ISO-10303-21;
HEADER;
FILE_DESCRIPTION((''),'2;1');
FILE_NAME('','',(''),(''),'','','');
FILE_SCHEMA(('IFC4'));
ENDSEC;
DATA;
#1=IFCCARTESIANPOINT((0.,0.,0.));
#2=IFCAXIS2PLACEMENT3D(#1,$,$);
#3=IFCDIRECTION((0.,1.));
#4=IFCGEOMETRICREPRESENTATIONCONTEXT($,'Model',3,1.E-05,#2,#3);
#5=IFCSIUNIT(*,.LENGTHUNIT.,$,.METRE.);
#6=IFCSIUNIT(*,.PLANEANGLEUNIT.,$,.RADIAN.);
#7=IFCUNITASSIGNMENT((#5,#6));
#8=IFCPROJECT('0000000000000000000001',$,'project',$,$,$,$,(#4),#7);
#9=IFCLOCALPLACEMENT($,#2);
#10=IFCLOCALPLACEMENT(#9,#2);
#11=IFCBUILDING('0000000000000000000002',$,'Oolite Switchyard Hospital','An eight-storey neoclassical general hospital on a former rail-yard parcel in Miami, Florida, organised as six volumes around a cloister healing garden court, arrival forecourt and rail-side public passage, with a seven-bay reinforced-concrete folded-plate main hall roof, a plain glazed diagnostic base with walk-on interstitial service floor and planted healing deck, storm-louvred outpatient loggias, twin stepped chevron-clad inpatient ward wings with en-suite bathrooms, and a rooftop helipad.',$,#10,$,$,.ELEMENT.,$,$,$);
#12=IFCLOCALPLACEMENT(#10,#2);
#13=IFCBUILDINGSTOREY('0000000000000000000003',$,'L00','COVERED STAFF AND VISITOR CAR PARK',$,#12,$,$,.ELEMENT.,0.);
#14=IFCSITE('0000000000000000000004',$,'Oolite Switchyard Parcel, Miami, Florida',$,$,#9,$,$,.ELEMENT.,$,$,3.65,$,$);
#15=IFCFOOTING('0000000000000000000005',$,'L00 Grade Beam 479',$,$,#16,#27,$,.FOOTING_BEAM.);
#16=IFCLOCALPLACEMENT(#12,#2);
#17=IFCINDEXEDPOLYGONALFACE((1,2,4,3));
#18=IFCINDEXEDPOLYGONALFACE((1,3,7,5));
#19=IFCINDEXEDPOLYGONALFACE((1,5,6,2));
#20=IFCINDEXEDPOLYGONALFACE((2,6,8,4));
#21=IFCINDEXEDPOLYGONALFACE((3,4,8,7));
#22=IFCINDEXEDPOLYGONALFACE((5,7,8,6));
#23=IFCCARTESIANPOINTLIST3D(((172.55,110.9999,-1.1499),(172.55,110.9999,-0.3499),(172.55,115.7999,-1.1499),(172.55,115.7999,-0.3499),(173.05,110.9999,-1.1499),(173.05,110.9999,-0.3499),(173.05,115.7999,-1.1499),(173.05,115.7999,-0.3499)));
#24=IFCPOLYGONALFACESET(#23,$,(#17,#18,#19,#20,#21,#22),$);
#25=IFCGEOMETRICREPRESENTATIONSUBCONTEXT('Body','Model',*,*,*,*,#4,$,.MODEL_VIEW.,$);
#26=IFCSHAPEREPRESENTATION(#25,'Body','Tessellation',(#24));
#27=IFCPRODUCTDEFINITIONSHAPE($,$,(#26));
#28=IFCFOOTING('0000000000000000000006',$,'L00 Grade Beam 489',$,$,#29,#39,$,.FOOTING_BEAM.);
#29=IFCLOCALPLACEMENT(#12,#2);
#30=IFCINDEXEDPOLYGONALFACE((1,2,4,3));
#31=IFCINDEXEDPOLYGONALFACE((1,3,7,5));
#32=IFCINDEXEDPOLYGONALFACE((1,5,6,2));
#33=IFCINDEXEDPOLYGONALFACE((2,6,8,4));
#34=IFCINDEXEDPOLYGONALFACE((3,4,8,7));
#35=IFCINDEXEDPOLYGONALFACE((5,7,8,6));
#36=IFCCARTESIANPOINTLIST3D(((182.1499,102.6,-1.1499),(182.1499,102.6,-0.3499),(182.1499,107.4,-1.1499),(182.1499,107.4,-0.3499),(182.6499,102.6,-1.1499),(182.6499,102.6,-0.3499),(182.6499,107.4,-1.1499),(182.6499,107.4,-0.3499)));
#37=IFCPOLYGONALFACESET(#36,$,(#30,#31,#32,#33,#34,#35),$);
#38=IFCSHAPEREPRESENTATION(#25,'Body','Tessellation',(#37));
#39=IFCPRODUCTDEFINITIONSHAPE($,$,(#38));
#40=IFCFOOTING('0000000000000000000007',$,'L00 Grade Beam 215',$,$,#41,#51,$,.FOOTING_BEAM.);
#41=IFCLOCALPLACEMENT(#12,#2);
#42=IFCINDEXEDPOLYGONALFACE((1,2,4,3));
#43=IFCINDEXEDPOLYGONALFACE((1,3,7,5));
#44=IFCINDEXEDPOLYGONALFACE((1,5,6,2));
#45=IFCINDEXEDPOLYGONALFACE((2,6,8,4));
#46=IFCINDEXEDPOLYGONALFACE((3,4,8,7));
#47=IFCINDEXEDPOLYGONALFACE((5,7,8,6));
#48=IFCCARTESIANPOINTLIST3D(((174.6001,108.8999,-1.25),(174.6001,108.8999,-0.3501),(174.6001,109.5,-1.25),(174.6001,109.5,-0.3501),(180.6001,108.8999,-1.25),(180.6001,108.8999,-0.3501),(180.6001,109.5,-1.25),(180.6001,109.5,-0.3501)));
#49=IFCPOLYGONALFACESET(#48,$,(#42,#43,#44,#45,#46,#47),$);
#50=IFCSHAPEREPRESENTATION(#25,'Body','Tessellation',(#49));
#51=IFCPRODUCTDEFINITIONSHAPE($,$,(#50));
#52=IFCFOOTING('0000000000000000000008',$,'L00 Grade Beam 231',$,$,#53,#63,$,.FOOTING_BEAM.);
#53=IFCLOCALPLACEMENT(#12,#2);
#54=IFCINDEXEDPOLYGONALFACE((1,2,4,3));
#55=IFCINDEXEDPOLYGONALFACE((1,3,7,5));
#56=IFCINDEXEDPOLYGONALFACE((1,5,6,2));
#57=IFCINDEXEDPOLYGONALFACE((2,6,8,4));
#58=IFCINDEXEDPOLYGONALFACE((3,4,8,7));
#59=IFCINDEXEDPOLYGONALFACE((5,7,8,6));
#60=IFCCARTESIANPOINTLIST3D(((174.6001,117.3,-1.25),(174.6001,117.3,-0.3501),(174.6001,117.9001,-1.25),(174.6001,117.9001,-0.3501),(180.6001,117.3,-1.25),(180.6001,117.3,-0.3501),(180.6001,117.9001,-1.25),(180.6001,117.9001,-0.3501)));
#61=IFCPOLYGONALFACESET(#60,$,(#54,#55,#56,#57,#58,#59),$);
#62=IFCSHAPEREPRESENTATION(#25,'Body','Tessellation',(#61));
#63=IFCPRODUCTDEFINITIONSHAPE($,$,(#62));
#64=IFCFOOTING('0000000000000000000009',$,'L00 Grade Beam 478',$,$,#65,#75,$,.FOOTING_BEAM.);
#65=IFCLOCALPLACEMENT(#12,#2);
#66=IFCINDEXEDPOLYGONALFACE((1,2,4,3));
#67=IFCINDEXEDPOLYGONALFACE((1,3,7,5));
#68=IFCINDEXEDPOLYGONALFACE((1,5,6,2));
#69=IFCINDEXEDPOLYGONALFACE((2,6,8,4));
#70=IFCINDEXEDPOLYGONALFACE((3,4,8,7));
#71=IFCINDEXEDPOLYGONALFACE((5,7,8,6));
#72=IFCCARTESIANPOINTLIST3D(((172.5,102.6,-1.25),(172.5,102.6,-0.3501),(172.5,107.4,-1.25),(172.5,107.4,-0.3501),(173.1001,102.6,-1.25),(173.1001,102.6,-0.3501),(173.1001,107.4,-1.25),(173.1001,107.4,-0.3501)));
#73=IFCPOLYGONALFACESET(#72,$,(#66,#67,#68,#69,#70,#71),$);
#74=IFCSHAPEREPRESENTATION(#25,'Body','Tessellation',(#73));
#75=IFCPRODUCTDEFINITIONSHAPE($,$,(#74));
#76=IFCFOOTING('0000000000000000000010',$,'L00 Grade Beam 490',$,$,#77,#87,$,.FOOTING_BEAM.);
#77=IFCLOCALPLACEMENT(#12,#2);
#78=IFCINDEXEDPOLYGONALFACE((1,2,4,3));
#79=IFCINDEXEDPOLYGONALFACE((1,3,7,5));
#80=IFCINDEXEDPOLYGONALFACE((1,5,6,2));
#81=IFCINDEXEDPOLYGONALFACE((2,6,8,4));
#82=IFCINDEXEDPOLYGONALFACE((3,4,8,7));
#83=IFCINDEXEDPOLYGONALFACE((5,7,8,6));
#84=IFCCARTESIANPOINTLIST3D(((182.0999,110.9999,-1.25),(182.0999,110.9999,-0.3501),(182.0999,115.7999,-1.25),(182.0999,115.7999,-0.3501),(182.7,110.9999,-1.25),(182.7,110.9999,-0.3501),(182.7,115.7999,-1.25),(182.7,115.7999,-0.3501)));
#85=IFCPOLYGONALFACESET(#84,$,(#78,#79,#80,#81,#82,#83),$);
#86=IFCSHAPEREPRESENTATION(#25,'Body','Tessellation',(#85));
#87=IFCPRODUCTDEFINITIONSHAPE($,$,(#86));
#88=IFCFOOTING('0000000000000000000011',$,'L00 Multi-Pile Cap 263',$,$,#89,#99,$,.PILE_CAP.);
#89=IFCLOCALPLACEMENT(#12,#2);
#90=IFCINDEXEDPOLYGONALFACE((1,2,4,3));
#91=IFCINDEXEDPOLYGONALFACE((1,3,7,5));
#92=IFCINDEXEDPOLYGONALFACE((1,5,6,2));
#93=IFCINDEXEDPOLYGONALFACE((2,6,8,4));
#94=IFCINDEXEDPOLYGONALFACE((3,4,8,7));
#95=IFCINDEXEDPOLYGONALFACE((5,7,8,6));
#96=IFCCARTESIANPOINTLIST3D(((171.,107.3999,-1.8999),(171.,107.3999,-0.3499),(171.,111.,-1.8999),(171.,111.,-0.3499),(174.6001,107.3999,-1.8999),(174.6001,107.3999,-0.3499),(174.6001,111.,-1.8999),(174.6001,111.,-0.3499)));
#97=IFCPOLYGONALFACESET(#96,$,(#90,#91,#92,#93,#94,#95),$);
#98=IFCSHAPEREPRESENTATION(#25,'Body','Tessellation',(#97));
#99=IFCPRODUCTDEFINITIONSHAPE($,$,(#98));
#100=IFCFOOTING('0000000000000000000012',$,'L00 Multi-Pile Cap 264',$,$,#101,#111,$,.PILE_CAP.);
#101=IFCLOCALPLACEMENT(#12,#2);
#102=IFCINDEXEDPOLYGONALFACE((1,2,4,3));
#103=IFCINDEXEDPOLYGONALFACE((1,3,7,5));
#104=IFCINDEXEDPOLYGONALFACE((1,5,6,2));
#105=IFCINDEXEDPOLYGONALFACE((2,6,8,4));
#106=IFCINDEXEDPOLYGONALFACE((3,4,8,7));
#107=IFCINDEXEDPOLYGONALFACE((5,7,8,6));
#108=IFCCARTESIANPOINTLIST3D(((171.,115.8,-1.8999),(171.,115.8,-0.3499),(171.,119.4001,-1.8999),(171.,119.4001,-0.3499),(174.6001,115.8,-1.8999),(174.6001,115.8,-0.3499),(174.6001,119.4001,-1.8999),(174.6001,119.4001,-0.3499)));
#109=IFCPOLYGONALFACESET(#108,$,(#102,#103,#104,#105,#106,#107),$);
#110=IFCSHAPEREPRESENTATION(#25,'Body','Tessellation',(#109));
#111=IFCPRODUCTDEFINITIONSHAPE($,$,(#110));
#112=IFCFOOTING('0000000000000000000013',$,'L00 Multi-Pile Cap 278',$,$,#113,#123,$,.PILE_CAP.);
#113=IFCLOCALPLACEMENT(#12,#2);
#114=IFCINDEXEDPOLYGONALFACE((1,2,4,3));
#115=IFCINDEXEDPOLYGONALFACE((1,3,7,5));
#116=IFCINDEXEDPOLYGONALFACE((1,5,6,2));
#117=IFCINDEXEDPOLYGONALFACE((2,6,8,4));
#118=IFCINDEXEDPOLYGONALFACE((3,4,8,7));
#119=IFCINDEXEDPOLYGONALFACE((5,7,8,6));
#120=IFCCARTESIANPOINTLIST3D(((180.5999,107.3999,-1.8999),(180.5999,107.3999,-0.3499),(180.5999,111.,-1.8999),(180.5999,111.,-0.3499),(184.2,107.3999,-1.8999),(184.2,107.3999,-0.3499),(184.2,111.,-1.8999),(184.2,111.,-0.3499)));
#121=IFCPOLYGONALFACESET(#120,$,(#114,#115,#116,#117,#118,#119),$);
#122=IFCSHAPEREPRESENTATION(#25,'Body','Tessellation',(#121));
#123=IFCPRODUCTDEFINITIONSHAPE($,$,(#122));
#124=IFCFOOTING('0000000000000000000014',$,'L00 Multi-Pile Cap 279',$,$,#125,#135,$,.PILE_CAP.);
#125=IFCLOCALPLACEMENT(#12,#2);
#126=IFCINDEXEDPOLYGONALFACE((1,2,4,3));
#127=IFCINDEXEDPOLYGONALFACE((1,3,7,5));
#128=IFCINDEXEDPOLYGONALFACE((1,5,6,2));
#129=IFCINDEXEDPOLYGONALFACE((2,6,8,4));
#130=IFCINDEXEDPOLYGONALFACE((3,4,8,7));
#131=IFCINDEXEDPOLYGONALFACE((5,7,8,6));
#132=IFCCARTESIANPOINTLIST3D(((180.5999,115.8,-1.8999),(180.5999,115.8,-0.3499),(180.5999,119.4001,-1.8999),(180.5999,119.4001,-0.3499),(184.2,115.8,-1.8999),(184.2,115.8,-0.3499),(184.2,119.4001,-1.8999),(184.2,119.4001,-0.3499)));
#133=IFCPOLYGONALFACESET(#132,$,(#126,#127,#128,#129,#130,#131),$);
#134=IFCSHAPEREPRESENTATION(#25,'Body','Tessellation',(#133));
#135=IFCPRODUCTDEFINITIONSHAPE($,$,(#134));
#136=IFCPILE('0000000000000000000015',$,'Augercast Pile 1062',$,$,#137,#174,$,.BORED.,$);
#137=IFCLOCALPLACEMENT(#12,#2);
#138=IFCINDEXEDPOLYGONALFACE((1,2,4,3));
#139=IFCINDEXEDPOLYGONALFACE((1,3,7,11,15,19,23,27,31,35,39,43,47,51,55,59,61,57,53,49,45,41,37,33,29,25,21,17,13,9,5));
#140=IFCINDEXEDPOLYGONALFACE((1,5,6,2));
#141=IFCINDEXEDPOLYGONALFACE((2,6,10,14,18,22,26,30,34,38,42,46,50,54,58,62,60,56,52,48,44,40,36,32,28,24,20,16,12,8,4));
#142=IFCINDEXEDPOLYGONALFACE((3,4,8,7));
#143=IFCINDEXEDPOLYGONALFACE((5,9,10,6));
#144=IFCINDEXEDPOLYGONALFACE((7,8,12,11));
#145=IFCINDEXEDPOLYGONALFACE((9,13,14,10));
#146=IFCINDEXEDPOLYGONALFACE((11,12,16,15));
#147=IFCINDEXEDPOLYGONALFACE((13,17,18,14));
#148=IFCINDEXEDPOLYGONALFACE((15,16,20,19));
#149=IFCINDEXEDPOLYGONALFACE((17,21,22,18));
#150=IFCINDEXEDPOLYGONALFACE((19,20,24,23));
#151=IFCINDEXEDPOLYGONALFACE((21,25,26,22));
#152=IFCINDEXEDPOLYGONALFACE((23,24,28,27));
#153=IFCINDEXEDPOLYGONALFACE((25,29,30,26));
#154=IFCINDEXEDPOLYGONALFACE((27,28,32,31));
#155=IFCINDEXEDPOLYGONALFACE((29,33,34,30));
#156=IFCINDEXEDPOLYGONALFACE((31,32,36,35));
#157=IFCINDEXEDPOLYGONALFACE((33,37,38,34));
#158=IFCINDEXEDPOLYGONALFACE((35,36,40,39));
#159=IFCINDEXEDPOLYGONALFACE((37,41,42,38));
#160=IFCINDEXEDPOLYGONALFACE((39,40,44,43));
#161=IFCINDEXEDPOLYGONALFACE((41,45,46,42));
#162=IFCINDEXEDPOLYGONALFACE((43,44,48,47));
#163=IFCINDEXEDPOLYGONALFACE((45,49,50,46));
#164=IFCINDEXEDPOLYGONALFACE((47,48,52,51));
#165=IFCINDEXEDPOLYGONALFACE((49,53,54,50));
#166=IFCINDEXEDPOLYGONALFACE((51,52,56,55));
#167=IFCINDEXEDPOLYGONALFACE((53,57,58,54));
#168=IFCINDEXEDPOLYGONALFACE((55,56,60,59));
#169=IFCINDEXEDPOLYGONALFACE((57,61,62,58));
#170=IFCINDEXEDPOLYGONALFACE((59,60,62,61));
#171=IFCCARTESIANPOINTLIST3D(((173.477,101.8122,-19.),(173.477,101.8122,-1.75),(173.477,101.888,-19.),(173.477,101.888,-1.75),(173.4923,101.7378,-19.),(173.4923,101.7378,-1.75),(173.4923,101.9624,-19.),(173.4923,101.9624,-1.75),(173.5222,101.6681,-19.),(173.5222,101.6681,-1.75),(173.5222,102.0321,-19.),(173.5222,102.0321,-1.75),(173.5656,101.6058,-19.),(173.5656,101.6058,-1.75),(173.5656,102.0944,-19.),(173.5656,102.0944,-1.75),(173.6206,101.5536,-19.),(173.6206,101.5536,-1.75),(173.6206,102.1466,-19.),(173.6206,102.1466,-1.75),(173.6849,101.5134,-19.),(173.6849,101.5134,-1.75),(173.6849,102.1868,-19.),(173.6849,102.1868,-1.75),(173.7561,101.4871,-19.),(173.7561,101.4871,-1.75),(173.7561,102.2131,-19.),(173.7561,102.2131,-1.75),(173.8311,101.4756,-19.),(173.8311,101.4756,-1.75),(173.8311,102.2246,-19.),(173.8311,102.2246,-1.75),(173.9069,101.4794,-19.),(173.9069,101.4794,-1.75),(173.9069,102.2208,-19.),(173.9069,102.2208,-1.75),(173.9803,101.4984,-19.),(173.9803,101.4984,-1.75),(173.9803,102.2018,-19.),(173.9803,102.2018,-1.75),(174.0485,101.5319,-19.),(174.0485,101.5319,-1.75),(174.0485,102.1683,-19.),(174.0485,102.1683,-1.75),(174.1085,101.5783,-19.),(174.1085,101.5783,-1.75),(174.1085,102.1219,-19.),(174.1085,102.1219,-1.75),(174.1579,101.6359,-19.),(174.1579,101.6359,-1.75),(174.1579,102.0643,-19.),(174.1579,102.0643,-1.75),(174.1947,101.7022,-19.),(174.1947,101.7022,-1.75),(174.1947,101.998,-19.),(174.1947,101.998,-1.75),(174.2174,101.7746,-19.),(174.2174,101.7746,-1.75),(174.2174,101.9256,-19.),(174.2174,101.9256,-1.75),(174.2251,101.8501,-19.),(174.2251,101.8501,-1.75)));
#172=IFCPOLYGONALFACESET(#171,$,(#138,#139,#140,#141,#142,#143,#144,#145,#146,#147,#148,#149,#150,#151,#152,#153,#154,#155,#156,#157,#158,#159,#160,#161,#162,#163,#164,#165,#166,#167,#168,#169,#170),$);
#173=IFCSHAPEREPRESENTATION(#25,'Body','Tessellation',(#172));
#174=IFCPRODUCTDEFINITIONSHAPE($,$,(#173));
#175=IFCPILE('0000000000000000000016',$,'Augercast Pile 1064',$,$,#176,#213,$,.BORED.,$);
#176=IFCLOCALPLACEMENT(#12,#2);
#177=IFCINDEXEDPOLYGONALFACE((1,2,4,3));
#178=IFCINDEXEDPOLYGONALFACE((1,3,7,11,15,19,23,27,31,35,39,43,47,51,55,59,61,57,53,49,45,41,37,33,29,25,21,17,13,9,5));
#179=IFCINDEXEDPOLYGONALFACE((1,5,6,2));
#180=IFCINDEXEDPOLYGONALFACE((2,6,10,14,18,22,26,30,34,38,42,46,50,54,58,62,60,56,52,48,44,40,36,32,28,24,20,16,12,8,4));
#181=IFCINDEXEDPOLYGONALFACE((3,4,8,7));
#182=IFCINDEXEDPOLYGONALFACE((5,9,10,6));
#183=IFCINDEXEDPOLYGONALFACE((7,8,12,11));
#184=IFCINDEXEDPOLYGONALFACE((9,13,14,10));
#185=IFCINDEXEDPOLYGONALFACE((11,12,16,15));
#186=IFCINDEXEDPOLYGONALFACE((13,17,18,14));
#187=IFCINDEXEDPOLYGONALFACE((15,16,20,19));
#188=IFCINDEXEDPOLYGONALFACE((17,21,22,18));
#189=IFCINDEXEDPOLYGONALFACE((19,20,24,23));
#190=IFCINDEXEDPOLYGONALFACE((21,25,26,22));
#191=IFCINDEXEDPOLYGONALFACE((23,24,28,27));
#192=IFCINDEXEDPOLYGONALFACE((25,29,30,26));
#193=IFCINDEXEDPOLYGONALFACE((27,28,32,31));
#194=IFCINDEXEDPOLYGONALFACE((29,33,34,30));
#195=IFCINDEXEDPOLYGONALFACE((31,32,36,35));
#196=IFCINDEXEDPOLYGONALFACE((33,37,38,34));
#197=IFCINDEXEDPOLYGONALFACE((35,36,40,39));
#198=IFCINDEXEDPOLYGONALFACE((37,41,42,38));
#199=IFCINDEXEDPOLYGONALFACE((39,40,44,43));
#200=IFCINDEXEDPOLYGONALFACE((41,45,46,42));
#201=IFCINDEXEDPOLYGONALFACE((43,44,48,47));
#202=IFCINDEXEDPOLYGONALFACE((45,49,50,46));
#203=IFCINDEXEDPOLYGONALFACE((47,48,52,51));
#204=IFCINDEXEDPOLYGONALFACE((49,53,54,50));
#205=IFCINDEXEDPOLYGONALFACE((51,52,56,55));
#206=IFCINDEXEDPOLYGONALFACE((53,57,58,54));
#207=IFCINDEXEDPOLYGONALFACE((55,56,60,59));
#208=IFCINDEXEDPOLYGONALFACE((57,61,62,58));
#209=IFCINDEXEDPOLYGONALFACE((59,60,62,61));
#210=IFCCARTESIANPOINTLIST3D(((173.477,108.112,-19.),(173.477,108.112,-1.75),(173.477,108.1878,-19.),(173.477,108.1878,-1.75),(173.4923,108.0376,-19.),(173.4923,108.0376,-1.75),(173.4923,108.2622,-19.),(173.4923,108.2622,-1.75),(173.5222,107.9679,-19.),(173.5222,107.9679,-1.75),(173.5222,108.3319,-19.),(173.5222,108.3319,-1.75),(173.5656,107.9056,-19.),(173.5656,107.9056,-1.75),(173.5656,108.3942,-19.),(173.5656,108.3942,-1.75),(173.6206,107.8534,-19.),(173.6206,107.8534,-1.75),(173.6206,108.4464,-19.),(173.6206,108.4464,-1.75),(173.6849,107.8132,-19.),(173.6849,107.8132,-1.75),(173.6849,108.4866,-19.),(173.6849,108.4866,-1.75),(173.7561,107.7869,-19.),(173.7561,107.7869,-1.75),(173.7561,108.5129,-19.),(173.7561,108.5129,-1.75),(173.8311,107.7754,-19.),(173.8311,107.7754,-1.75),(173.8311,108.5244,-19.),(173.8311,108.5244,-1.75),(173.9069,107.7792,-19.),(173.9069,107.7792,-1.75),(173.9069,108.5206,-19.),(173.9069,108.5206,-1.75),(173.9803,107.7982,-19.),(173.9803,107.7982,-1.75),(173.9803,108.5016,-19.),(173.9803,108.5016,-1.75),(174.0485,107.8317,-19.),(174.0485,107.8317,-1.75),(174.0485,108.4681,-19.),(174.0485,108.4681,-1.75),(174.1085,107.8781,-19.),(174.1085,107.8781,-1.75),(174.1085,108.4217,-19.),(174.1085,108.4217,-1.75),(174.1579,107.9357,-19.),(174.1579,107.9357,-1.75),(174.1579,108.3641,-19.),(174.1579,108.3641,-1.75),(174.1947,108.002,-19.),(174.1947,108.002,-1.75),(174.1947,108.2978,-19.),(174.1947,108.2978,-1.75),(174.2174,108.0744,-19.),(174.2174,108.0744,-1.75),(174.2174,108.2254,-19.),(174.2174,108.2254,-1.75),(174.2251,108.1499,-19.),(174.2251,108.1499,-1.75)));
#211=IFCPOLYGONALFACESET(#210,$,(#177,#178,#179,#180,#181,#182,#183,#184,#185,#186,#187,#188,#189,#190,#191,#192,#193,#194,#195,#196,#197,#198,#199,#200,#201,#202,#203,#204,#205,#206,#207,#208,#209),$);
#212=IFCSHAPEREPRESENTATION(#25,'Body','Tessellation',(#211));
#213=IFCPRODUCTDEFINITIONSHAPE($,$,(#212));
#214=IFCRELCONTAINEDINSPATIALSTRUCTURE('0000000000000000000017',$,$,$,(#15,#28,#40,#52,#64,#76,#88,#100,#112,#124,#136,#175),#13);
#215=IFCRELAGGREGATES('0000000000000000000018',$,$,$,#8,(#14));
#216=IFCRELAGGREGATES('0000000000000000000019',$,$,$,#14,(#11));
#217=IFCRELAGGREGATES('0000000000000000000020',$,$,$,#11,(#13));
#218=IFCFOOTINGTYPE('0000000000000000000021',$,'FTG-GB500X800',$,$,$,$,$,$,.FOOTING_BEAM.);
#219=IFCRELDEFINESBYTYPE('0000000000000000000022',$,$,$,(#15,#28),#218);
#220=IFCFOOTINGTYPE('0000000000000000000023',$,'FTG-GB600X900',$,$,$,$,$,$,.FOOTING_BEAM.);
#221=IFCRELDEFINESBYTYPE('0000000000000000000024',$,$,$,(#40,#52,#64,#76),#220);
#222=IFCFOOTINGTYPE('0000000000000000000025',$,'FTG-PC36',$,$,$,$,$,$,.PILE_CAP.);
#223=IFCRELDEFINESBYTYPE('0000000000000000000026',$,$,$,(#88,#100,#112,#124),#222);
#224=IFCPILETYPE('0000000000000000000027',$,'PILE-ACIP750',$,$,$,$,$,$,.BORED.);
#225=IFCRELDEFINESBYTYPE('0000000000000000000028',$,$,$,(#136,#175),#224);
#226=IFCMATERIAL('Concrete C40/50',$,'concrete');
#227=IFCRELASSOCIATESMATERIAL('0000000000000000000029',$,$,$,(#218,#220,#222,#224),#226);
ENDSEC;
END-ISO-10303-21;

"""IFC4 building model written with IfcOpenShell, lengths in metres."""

from ifc_helpers import new_model, si_unit, direction, frame, origin, origin_2d, place, context, subcontext, project, spatial, rectangle, circle, extrude, material, material_profile, profile_set, type_object, element, save


model = new_model("IFC4")

# Units and contexts
model_context = context("Model", 3, precision=1e-05, world=origin(), true_north=direction((0.0, 1.0)))
body_context = subcontext(model_context, "Body", "Model", "MODEL_VIEW")
ifc_project = project(units=[si_unit("LENGTHUNIT", "METRE"), si_unit("PLANEANGLEUNIT", "RADIAN")], contexts=[model_context])

# Site, building, storey
site_placement = place(None, origin())
site = spatial("IfcSite", under=ifc_project, at=site_placement, Name="Oolite Switchyard Parcel, Miami, Florida", CompositionType="ELEMENT", RefElevation=3.65)
building_placement = place(site_placement, origin())
building = spatial("IfcBuilding", under=site, at=building_placement, Name="Oolite Switchyard Hospital", Description="An eight-storey neoclassical general hospital on a former rail-yard parcel in Miami, Florida, organised as six volumes around a cloister healing garden court, arrival forecourt and rail-side public passage, with a seven-bay reinforced-concrete folded-plate main hall roof, a plain glazed diagnostic base with walk-on interstitial service floor and planted healing deck, storm-louvred outpatient loggias, twin stepped chevron-clad inpatient ward wings with en-suite bathrooms, and a rooftop helipad.", CompositionType="ELEMENT")
storey_placement = place(building_placement, origin())
storey = spatial("IfcBuildingStorey", under=building, at=storey_placement, Name="L00", Description="COVERED STAFF AND VISITOR CAR PARK", CompositionType="ELEMENT", Elevation=0.0)

# Footings
ifc_material_1 = material(Name="Concrete C40/50", Category="concrete")
footing_type_1 = type_object("IfcFootingType", Name="FTG-GB500X800", PredefinedType="FOOTING_BEAM", material=ifc_material_1)
for number, where, z_axis, x_axis, name in (
    (1, (172.8, 113.3999, -1.1499), (0.0, 0.0, 1.0), (0.0, 1.0, 0.0), "L00 Grade Beam 479"),
    (2, (182.3999, 105.0, -1.1499), (0.0, 0.0, 1.0), (0.0, 1.0, 0.0), "L00 Grade Beam 489"),
):
    element("IfcFooting", number, at=place(storey_placement, frame(where, z_axis=z_axis, x_axis=x_axis)), inside=storey, type_object=footing_type_1, Name=name, PredefinedType="FOOTING_BEAM", context=body_context, shape_type="SweptSolid", body=[
        extrude(rectangle(XDim=4.8, YDim=0.5, at=origin_2d()), origin(), (0.0, 0.0, 1.0), 0.8),
    ])
footing_type_2 = type_object("IfcFootingType", Name="FTG-GB600X900", PredefinedType="FOOTING_BEAM", material=ifc_material_1)
for number, where, z_axis, x_axis, name in (
    (3, (177.6001, 109.2, -1.25), (0.0, 0.0, 1.0), (1.0, 0.0, 0.0), "L00 Grade Beam 215"),
    (4, (177.6001, 117.6001, -1.25), (0.0, 0.0, 1.0), (1.0, 0.0, 0.0), "L00 Grade Beam 231"),
):
    element("IfcFooting", number, at=place(storey_placement, frame(where, z_axis=z_axis, x_axis=x_axis)), inside=storey, type_object=footing_type_2, Name=name, PredefinedType="FOOTING_BEAM", context=body_context, shape_type="SweptSolid", body=[
        extrude(rectangle(XDim=6.0, YDim=0.6001, at=origin_2d()), origin(), (0.0, 0.0, 1.0), 0.8999),
    ])
for number, where, z_axis, x_axis, name in (
    (5, (172.8, 105.0, -1.25), (0.0, 0.0, 1.0), (0.0, 1.0, 0.0), "L00 Grade Beam 478"),
    (6, (182.3999, 113.3999, -1.25), (0.0, 0.0, 1.0), (0.0, 1.0, 0.0), "L00 Grade Beam 490"),
):
    element("IfcFooting", number, at=place(storey_placement, frame(where, z_axis=z_axis, x_axis=x_axis)), inside=storey, type_object=footing_type_2, Name=name, PredefinedType="FOOTING_BEAM", context=body_context, shape_type="SweptSolid", body=[
        extrude(rectangle(XDim=4.8, YDim=0.6001, at=origin_2d()), origin(), (0.0, 0.0, 1.0), 0.8999),
    ])
footing_type_3 = type_object("IfcFootingType", Name="FTG-PC36", PredefinedType="PILE_CAP", material=ifc_material_1)
for number, where, z_axis, x_axis, name in (
    (7, (172.8, 109.2, -1.8999), (0.0, 0.0, 1.0), (1.0, 0.0, 0.0), "L00 Multi-Pile Cap 263"),
    (8, (172.8, 117.6001, -1.8999), (0.0, 0.0, 1.0), (1.0, 0.0, 0.0), "L00 Multi-Pile Cap 264"),
    (9, (182.3999, 109.2, -1.8999), (0.0, 0.0, 1.0), (1.0, 0.0, 0.0), "L00 Multi-Pile Cap 278"),
    (10, (182.3999, 117.6001, -1.8999), (0.0, 0.0, 1.0), (1.0, 0.0, 0.0), "L00 Multi-Pile Cap 279"),
):
    element("IfcFooting", number, at=place(storey_placement, frame(where, z_axis=z_axis, x_axis=x_axis)), inside=storey, type_object=footing_type_3, Name=name, PredefinedType="PILE_CAP", context=body_context, shape_type="SweptSolid", body=[
        extrude(rectangle(XDim=3.6001, YDim=3.6001, at=origin_2d()), origin(), (0.0, 0.0, 1.0), 1.55),
    ])

# Piles
ifc_material_profile_1 = material_profile(ifc_material_1, circle(Radius=0.375, at=origin_2d()), Name="PILE750")
ifc_profile_set_1 = profile_set([ifc_material_profile_1], Name="Concrete C40/50")
pile_type = type_object("IfcPileType", Name="PILE-ACIP750", PredefinedType="BORED", material=ifc_profile_set_1)
for number, where, z_axis, x_axis, name in (
    (11, (173.8501, 101.8501, -1.75), (0.0, 0.0, -1.0), (1.0, 0.0, 0.0), "Augercast Pile 1062"),
    (12, (173.8501, 108.1499, -1.75), (0.0, 0.0, -1.0), (1.0, 0.0, 0.0), "Augercast Pile 1064"),
):
    element("IfcPile", number, at=place(storey_placement, frame(where, z_axis=z_axis, x_axis=x_axis)), inside=storey, type_object=pile_type, Name=name, PredefinedType="BORED", context=body_context, shape_type="SweptSolid", body=[
        extrude(circle(Radius=0.375, at=origin_2d()), origin(), (0.0, 0.0, 1.0), 17.25),
    ])

save(model, "model.ifc")
